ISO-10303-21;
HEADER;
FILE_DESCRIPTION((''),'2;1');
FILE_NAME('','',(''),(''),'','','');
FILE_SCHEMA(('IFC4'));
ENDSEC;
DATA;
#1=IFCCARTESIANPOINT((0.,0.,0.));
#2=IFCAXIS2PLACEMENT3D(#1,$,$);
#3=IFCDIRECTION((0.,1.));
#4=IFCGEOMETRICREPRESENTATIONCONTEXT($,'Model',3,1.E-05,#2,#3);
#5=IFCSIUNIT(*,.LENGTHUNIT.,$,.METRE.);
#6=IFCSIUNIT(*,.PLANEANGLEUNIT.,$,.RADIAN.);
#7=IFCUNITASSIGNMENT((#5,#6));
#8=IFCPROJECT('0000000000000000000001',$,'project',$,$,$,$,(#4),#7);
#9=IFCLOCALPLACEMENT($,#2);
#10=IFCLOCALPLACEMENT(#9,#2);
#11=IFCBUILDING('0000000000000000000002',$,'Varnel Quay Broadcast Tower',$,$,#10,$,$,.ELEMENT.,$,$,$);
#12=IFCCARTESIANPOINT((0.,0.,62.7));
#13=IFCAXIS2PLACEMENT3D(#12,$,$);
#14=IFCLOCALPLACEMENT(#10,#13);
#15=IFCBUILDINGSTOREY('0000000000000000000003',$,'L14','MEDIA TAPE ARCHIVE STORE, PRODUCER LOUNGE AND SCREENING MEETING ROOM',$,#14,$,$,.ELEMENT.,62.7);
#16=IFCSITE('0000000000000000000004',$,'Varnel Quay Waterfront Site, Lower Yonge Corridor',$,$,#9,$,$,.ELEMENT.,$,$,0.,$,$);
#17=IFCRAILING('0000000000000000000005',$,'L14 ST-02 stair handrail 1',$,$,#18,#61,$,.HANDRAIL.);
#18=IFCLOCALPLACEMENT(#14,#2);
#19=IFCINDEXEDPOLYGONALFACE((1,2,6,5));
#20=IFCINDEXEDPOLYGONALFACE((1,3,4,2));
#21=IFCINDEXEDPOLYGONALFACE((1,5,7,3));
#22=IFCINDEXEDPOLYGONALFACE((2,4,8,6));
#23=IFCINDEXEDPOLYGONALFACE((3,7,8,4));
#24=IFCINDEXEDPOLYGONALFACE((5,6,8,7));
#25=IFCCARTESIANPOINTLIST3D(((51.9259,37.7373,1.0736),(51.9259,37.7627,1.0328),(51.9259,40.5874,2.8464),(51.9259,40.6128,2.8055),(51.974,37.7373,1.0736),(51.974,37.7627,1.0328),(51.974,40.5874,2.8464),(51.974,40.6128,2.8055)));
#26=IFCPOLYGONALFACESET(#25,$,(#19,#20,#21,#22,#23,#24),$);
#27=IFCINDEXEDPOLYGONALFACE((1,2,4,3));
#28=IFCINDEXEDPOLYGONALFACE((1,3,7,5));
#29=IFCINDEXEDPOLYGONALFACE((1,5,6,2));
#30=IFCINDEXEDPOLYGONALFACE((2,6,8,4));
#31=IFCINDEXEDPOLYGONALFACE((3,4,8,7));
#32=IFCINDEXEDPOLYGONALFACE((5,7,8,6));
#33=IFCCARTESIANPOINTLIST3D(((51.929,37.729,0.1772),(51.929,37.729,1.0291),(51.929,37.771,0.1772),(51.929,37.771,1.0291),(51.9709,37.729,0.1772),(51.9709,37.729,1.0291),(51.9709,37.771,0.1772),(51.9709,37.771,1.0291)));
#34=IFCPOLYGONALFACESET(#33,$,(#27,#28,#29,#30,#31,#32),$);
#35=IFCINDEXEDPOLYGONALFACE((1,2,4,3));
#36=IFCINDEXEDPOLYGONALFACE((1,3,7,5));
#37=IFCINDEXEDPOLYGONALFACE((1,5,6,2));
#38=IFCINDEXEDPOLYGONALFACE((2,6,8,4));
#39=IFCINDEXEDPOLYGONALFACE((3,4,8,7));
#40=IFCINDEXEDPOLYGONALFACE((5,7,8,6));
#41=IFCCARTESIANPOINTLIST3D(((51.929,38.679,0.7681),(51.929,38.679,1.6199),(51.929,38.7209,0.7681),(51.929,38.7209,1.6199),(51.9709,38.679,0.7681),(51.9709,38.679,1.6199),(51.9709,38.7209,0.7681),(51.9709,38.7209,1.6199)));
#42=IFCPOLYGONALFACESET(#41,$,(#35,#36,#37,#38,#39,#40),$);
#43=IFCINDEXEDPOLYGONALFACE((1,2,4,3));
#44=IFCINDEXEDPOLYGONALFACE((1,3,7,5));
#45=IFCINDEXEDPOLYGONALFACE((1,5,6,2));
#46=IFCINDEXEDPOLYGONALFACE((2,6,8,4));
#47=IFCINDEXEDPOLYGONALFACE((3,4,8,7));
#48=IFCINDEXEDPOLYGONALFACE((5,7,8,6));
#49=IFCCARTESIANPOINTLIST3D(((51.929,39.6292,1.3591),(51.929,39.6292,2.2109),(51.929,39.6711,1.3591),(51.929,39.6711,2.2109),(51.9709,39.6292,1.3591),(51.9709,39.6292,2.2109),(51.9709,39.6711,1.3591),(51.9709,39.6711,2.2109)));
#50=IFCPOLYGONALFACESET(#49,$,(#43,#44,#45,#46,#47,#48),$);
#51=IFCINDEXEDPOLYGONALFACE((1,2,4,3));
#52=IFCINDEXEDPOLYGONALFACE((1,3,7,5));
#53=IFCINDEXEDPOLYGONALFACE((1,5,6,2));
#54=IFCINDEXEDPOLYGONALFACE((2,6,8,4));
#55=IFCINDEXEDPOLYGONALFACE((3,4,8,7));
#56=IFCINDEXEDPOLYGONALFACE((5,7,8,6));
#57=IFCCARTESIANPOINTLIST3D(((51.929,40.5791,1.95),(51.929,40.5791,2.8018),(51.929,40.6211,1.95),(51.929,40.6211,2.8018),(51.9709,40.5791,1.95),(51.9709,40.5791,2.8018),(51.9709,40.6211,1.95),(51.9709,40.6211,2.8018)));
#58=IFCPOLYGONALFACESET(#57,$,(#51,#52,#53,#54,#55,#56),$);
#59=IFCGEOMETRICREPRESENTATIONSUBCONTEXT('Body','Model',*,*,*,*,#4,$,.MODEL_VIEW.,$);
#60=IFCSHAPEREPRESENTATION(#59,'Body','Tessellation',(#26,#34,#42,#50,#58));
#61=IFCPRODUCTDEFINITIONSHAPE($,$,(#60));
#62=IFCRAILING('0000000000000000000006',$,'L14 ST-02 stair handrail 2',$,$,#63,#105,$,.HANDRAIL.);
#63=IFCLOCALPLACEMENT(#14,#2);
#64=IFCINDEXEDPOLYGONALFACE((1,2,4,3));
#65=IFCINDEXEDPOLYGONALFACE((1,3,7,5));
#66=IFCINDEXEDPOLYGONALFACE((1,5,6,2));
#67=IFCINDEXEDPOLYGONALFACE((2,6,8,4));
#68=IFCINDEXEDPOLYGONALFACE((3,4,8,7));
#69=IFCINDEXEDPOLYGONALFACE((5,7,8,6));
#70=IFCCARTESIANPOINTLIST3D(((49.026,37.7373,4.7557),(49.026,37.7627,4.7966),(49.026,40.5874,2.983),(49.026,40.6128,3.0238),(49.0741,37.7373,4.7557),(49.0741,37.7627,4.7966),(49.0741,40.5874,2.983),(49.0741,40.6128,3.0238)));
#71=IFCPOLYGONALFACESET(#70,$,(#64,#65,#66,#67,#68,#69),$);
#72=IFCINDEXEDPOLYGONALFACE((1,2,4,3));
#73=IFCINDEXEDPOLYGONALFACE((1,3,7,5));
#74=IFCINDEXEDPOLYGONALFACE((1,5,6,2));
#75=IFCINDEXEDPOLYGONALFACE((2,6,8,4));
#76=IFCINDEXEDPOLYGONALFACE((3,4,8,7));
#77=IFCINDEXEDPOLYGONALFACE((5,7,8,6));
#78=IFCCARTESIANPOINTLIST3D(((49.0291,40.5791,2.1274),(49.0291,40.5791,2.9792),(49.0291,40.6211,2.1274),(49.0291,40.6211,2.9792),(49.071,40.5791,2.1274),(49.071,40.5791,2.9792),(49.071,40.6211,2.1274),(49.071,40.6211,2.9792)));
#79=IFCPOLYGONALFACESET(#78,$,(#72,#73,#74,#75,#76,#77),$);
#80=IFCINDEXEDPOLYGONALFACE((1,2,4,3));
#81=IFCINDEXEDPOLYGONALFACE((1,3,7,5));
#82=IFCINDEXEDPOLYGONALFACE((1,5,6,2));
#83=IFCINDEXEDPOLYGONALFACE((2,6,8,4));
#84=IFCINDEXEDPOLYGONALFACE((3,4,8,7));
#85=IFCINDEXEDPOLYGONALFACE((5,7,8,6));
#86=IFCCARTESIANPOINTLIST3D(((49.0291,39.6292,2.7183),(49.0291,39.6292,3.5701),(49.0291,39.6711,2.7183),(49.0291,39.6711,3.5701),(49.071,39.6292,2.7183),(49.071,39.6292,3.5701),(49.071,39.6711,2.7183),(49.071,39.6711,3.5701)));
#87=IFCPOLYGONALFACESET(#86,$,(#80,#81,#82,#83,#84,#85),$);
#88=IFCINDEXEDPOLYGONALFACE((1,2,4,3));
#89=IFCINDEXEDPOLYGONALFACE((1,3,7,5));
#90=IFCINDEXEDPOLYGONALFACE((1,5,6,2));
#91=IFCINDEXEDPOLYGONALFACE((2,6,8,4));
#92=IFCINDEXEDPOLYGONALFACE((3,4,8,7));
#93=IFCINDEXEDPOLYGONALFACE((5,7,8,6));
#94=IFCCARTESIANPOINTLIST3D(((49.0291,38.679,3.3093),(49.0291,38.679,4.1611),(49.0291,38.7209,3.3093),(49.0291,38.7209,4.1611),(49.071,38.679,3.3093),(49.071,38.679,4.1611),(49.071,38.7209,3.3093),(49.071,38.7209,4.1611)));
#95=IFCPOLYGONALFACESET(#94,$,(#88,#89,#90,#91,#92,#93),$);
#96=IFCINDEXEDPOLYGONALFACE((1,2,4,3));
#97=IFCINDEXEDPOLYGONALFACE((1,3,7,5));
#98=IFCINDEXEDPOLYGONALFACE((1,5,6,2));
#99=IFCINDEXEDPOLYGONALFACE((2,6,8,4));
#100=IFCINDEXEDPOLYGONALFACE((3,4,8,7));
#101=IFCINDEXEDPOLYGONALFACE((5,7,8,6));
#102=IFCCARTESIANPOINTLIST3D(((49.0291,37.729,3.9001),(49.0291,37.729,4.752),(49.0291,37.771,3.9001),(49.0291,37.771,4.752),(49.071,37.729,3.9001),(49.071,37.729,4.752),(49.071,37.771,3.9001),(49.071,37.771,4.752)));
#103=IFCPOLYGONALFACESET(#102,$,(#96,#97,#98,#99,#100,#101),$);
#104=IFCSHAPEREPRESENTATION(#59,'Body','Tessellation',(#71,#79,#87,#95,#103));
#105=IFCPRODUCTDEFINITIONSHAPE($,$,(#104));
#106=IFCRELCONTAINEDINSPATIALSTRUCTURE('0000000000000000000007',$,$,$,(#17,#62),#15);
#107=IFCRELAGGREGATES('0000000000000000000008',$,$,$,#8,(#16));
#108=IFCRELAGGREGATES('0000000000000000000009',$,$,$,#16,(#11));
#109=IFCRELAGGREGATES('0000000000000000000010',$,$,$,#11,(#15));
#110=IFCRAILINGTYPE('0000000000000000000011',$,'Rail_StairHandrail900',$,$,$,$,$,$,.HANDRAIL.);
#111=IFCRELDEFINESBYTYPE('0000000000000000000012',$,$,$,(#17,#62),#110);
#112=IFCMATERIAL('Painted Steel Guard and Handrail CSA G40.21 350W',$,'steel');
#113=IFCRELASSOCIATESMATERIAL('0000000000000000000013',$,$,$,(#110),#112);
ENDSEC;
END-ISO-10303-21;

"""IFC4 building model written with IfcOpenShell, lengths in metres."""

from ifc_helpers import new_model, si_unit, direction, frame, origin, origin_2d, place, context, subcontext, project, spatial, rectangle, extrude, material, type_object, element, save


model = new_model("IFC4")

# Units and contexts
model_context = context("Model", 3, precision=1e-05, world=origin(), true_north=direction((0.0, 1.0)))
body_context = subcontext(model_context, "Body", "Model", "MODEL_VIEW")
ifc_project = project(units=[si_unit("LENGTHUNIT", "METRE"), si_unit("PLANEANGLEUNIT", "RADIAN")], contexts=[model_context])

# Site, building, storey
site_placement = place(None, origin())
site = spatial("IfcSite", under=ifc_project, at=site_placement, Name="Varnel Quay Waterfront Site, Lower Yonge Corridor", CompositionType="ELEMENT", RefElevation=0.0)
building_placement = place(site_placement, origin())
building = spatial("IfcBuilding", under=site, at=building_placement, Name="Varnel Quay Broadcast Tower", CompositionType="ELEMENT")
storey_placement = place(building_placement, frame((0.0, 0.0, 62.7)))
storey = spatial("IfcBuildingStorey", under=building, at=storey_placement, Name="L14", Description="MEDIA TAPE ARCHIVE STORE, PRODUCER LOUNGE AND SCREENING MEETING ROOM", CompositionType="ELEMENT", Elevation=62.7)

# Railings
ifc_material_1 = material(Name="Painted Steel Guard and Handrail CSA G40.21 350W", Category="steel")
railing_type_1 = type_object("IfcRailingType", Name="Rail_StairHandrail900", PredefinedType="HANDRAIL", material=ifc_material_1)
railing_1_placement = place(storey_placement, frame((51.95, 37.75, 0.1772)))
element("IfcRailing", 1, at=railing_1_placement, inside=storey, type_object=railing_type_1, Name="L14 ST-02 stair handrail 1", PredefinedType="HANDRAIL", context=body_context, shape_type="SweptSolid", body=[
    extrude(rectangle(XDim=0.0481, YDim=0.0481, at=origin_2d()), frame((0.0, 0.0, 0.876), z_axis=(0.0, 0.849149, 0.528154), x_axis=(-1.0, 0.0, 0.0)), (0.0, 0.0, 1.0), 3.3564),
    extrude(rectangle(XDim=0.042, YDim=0.042, at=origin_2d()), origin(), (0.0, 0.0, 1.0), 0.8518),
    extrude(rectangle(XDim=0.042, YDim=0.042, at=origin_2d()), frame((0.0, 0.95, 0.5908)), (0.0, 0.0, 1.0), 0.8518),
    extrude(rectangle(XDim=0.042, YDim=0.042, at=origin_2d()), frame((0.0, 1.9001, 1.1819)), (0.0, 0.0, 1.0), 0.8518),
    extrude(rectangle(XDim=0.042, YDim=0.042, at=origin_2d()), frame((0.0, 2.8501, 1.7727)), (0.0, 0.0, 1.0), 0.8518),
])
railing_2_placement = place(storey_placement, frame((49.05, 40.6001, 2.1274)))
element("IfcRailing", 2, at=railing_2_placement, inside=storey, type_object=railing_type_1, Name="L14 ST-02 stair handrail 2", PredefinedType="HANDRAIL", context=body_context, shape_type="SweptSolid", body=[
    extrude(rectangle(XDim=0.0481, YDim=0.0481, at=origin_2d()), frame((0.0, 0.0, 0.876), z_axis=(0.0, -0.849149, 0.528154), x_axis=(1.0, 0.0, 0.0)), (0.0, 0.0, 1.0), 3.3564),
    extrude(rectangle(XDim=0.042, YDim=0.042, at=origin_2d()), origin(), (0.0, 0.0, 1.0), 0.8518),
    extrude(rectangle(XDim=0.042, YDim=0.042, at=origin_2d()), frame((0.0, -0.95, 0.5908)), (0.0, 0.0, 1.0), 0.8518),
    extrude(rectangle(XDim=0.042, YDim=0.042, at=origin_2d()), frame((0.0, -1.9001, 1.1819)), (0.0, 0.0, 1.0), 0.8518),
    extrude(rectangle(XDim=0.042, YDim=0.042, at=origin_2d()), frame((0.0, -2.8501, 1.7727)), (0.0, 0.0, 1.0), 0.8518),
])

save(model, "model.ifc")
